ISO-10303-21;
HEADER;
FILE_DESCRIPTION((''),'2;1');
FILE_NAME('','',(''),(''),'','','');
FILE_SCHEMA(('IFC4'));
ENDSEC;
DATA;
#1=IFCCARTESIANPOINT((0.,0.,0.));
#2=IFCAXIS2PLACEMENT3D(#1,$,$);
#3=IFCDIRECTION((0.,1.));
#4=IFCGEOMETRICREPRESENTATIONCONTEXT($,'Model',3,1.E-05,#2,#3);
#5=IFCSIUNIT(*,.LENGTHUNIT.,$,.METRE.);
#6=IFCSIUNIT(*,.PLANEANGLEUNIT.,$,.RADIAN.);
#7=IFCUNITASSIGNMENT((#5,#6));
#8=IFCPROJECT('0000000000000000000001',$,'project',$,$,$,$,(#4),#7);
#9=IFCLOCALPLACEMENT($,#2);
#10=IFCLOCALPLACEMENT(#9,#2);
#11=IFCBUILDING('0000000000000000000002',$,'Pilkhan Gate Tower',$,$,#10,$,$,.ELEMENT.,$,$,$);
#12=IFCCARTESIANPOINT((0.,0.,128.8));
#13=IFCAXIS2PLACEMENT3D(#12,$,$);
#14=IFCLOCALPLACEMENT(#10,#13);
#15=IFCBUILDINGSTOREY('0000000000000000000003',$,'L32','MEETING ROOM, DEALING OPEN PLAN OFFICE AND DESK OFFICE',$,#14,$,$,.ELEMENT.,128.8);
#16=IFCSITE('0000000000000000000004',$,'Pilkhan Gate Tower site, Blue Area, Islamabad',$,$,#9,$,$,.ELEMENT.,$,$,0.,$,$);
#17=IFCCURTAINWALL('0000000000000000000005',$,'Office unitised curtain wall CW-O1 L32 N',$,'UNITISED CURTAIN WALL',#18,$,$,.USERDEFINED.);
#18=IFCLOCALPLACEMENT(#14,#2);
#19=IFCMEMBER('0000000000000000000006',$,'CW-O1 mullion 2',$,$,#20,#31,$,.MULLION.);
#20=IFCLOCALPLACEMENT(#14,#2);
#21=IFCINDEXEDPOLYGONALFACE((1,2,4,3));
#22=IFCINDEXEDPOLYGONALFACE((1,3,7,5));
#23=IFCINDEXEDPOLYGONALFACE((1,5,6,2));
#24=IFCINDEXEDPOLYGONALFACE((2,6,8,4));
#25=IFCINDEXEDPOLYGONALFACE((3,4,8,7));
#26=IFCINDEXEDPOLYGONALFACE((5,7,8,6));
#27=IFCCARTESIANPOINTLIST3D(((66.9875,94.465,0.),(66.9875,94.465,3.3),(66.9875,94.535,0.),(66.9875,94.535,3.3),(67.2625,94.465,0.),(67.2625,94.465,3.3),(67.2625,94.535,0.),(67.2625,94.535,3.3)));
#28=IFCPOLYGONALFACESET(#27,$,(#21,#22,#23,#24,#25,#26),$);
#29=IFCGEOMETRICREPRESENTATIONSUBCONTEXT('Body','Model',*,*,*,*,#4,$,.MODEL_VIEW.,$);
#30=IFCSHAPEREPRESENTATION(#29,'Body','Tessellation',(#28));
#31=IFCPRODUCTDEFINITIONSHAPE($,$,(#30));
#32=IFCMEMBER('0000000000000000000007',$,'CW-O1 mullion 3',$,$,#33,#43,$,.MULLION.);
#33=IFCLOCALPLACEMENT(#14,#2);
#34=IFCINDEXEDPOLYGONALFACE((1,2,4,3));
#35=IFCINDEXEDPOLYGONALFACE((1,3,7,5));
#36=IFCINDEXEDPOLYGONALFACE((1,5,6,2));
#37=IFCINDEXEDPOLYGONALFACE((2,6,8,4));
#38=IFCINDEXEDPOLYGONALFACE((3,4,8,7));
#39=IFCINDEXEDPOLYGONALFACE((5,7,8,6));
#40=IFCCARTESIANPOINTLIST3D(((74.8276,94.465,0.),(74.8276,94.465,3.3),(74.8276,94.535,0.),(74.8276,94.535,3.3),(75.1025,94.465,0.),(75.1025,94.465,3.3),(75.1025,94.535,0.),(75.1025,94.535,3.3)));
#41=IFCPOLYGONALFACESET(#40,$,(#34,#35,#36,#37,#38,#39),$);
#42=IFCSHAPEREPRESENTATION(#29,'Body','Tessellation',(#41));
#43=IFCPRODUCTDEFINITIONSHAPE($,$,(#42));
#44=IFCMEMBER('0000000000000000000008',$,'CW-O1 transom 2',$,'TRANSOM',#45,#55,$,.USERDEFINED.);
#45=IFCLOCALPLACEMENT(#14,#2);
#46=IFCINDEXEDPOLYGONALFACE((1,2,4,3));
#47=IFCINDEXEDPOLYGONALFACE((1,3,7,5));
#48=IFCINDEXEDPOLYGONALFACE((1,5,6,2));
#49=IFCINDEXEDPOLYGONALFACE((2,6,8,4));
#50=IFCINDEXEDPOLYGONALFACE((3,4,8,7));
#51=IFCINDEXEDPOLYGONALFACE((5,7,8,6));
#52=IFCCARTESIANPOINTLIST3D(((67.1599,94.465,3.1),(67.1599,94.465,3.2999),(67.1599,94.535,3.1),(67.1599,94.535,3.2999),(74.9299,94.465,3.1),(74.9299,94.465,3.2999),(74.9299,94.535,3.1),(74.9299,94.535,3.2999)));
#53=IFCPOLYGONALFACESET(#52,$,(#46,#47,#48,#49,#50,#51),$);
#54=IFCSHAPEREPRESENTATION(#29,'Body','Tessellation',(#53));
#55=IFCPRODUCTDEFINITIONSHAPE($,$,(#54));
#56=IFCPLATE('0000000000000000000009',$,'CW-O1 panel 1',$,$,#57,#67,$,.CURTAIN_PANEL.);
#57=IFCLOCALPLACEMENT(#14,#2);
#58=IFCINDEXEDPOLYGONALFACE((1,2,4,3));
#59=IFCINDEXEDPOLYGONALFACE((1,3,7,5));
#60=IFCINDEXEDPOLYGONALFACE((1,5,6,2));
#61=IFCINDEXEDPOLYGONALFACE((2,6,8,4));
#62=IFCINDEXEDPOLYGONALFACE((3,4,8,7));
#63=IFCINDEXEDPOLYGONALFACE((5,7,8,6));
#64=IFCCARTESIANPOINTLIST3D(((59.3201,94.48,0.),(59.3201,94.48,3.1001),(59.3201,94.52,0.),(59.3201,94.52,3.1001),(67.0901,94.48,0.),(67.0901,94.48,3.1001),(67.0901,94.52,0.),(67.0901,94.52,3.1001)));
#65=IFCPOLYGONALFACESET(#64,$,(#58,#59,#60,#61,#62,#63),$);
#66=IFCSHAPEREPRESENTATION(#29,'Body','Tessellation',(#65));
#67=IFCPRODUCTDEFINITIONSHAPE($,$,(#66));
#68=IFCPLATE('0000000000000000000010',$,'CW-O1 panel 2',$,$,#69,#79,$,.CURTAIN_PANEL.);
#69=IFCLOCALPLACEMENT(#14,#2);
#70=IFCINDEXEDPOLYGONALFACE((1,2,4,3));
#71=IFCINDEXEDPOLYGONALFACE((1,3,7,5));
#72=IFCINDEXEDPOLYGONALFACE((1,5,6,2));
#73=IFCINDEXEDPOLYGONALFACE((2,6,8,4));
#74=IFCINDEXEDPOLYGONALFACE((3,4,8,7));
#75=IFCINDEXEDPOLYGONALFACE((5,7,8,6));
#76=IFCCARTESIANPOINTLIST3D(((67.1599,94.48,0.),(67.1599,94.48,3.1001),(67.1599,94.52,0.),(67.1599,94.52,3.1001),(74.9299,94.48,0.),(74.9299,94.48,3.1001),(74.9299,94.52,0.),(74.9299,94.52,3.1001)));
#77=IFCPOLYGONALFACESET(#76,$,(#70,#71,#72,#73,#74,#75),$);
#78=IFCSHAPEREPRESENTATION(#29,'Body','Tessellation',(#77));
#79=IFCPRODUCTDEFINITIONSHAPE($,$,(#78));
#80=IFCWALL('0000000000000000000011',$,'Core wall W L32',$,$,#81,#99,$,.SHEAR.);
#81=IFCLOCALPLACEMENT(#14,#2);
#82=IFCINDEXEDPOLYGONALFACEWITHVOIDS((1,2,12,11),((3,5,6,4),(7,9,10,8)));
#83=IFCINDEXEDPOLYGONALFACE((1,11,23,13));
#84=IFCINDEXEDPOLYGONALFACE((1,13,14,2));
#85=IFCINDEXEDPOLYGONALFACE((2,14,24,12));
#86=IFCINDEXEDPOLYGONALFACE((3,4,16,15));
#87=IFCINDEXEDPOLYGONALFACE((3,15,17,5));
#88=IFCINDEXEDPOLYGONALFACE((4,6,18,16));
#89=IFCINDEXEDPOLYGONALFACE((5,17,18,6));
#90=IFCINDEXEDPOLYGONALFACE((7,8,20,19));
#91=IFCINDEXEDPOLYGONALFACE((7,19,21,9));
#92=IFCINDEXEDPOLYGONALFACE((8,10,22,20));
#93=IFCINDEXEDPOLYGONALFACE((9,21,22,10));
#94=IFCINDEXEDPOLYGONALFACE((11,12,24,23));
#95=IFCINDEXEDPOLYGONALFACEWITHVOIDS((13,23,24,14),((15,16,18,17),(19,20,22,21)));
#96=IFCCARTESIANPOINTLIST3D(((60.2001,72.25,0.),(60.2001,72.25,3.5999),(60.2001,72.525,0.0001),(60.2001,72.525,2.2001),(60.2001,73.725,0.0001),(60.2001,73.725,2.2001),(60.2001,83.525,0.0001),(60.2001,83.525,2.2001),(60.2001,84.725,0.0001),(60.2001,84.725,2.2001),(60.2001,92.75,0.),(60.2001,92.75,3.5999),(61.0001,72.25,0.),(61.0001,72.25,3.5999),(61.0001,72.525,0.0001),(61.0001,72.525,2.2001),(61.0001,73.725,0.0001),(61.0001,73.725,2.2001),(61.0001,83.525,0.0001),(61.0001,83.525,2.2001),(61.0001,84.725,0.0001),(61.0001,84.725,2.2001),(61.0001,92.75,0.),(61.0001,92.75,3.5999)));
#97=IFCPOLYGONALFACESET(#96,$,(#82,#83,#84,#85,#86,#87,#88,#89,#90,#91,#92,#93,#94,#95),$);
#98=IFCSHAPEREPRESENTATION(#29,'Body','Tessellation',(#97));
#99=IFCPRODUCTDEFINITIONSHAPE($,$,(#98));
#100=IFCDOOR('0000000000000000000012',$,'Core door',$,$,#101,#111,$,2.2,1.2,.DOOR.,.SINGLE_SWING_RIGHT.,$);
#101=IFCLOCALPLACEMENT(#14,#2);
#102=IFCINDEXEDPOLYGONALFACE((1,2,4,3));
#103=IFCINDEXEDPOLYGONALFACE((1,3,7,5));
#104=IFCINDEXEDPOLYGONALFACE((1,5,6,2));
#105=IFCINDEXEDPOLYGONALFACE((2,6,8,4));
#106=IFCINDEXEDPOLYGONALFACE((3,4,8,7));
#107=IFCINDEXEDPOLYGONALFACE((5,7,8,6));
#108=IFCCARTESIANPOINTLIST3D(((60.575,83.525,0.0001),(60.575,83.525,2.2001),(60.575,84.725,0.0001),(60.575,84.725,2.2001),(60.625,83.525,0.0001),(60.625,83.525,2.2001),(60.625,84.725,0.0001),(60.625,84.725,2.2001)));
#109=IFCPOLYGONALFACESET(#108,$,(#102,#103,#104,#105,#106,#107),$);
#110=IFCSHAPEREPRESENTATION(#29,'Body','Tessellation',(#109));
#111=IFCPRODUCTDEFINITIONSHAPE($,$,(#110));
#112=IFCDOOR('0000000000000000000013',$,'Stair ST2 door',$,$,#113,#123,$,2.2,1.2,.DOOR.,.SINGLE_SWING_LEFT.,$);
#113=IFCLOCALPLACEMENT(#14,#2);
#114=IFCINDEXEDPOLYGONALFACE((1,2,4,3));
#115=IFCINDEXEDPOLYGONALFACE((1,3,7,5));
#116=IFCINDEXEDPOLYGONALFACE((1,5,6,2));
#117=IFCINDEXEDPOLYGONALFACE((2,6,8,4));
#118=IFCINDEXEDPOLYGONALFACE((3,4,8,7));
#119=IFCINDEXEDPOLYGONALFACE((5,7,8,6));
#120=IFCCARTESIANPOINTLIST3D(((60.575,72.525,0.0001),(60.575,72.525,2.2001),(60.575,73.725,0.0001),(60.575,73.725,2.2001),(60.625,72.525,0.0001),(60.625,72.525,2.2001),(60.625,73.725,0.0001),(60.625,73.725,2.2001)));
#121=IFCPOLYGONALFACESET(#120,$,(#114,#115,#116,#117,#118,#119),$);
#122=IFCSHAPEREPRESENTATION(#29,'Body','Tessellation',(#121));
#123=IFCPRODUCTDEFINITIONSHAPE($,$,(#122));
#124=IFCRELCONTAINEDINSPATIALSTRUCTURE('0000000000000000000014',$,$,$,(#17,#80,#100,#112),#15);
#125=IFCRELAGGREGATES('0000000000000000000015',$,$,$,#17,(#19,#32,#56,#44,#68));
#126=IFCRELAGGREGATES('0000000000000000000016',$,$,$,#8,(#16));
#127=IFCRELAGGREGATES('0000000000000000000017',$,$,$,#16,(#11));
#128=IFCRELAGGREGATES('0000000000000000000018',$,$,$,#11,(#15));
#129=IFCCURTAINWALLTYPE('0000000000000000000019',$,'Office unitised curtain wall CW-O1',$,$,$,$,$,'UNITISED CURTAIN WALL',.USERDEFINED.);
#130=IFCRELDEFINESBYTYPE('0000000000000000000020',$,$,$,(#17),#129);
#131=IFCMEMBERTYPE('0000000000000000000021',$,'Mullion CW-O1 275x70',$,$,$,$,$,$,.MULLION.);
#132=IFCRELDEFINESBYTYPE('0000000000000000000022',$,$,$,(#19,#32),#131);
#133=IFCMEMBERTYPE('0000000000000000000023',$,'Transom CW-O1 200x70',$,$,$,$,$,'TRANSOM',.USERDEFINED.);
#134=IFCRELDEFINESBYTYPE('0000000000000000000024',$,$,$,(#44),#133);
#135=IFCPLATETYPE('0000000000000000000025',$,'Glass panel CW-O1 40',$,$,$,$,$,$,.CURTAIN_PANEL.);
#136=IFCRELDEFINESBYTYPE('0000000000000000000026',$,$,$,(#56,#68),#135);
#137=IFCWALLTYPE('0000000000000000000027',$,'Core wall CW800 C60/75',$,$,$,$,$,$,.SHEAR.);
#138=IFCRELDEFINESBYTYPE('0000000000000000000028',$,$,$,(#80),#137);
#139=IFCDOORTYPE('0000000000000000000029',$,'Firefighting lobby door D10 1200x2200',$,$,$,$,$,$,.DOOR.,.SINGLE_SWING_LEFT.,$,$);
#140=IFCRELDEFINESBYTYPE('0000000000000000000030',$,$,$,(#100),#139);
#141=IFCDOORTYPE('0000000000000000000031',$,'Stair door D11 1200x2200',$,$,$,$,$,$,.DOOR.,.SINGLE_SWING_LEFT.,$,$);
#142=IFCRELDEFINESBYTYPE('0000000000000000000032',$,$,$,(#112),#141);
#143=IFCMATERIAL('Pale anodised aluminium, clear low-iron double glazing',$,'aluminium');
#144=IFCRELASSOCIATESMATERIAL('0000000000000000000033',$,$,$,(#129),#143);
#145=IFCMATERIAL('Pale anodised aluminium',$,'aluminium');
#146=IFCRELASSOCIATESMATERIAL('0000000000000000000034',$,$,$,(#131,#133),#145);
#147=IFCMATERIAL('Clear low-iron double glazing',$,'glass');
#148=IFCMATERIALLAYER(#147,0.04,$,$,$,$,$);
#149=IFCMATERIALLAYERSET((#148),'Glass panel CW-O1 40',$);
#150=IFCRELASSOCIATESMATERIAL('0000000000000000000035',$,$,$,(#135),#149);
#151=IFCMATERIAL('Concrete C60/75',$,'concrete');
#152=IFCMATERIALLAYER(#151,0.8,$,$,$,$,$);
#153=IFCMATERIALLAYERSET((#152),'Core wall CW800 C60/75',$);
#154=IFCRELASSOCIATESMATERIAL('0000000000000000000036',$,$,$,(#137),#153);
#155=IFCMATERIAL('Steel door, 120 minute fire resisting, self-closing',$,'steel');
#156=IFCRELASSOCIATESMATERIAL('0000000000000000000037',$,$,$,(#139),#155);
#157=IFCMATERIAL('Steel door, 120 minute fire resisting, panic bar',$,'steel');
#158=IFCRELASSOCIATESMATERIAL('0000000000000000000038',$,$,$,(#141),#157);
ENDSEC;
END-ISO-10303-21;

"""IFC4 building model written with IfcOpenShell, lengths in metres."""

from ifc_helpers import new_model, si_unit, direction, frame, frame_2d, origin, origin_2d, place, context, subcontext, project, spatial, rectangle, extrude, material, layer, layer_set, material_profile, profile_set, type_object, element, fill, aggregate, save


model = new_model("IFC4")

# Units and contexts
model_context = context("Model", 3, precision=1e-05, world=origin(), true_north=direction((0.0, 1.0)))
body_context = subcontext(model_context, "Body", "Model", "MODEL_VIEW")
ifc_project = project(units=[si_unit("LENGTHUNIT", "METRE"), si_unit("PLANEANGLEUNIT", "RADIAN")], contexts=[model_context])

# Site, building, storey
site_placement = place(None, origin())
site = spatial("IfcSite", under=ifc_project, at=site_placement, Name="Pilkhan Gate Tower site, Blue Area, Islamabad", CompositionType="ELEMENT", RefElevation=0.0)
building_placement = place(site_placement, origin())
building = spatial("IfcBuilding", under=site, at=building_placement, Name="Pilkhan Gate Tower", CompositionType="ELEMENT")
storey_placement = place(building_placement, frame((0.0, 0.0, 128.8)))
storey = spatial("IfcBuildingStorey", under=building, at=storey_placement, Name="L32", Description="MEETING ROOM, DEALING OPEN PLAN OFFICE AND DESK OFFICE", CompositionType="ELEMENT", Elevation=128.8)

# Curtain wall, members, plates
ifc_material_1 = material(Name="Pale anodised aluminium, clear low-iron double glazing", Category="aluminium")
curtain_wall_type = type_object("IfcCurtainWallType", Name="Office unitised curtain wall CW-O1", ElementType="UNITISED CURTAIN WALL", PredefinedType="USERDEFINED", material=ifc_material_1)
curtain_wall_placement = place(storey_placement, origin())
curtain_wall = element("IfcCurtainWall", 1, at=curtain_wall_placement, inside=storey, type_object=curtain_wall_type, Name="Office unitised curtain wall CW-O1 L32 N", ObjectType="UNITISED CURTAIN WALL", PredefinedType="USERDEFINED")
ifc_material_2 = material(Name="Pale anodised aluminium", Category="aluminium")
ifc_material_profile_1 = material_profile(ifc_material_2, rectangle(XDim=0.0701, YDim=0.2749, at=origin_2d()), Name="Mullion 275x70")
ifc_profile_set_1 = profile_set([ifc_material_profile_1], Name="Pale anodised aluminium")
member_type_1 = type_object("IfcMemberType", Name="Mullion CW-O1 275x70", PredefinedType="MULLION", material=ifc_profile_set_1)
member_1_placement = place(storey_placement, frame((67.125, 94.5, 0.0), z_axis=(0.0, 0.0, 1.0), x_axis=(0.0, 1.0, 0.0)))
member_1 = element("IfcMember", 2, at=member_1_placement, type_object=member_type_1, Name="CW-O1 mullion 2", PredefinedType="MULLION", context=body_context, shape_type="SweptSolid", body=[
    extrude(rectangle(XDim=0.0701, YDim=0.2749, at=origin_2d()), origin(), (0.0, 0.0, 1.0), 3.3),
])
member_2_placement = place(storey_placement, frame((74.9651, 94.5, 0.0), z_axis=(0.0, 0.0, 1.0), x_axis=(0.0, 1.0, 0.0)))
member_2 = element("IfcMember", 3, at=member_2_placement, type_object=member_type_1, Name="CW-O1 mullion 3", PredefinedType="MULLION", context=body_context, shape_type="SweptSolid", body=[
    extrude(rectangle(XDim=0.0701, YDim=0.2749, at=origin_2d()), origin(), (0.0, 0.0, 1.0), 3.3),
])
ifc_material_profile_2 = material_profile(ifc_material_2, rectangle(XDim=0.0701, YDim=0.2, at=origin_2d()), Name="Transom 200x70")
ifc_profile_set_2 = profile_set([ifc_material_profile_2], Name="Pale anodised aluminium")
member_type_2 = type_object("IfcMemberType", Name="Transom CW-O1 200x70", ElementType="TRANSOM", PredefinedType="USERDEFINED", material=ifc_profile_set_2)
member_3_placement = place(storey_placement, frame((67.1599, 94.5, 3.2), z_axis=(1.0, 0.0, 0.0), x_axis=(0.0, 1.0, 0.0)))
member_3 = element("IfcMember", 4, at=member_3_placement, type_object=member_type_2, Name="CW-O1 transom 2", ObjectType="TRANSOM", PredefinedType="USERDEFINED", context=body_context, shape_type="SweptSolid", body=[
    extrude(rectangle(XDim=0.0701, YDim=0.2, at=origin_2d()), origin(), (0.0, 0.0, 1.0), 7.77),
])
ifc_material_3 = material(Name="Clear low-iron double glazing", Category="glass")
ifc_layer_1 = layer(ifc_material_3, 0.04)
ifc_layer_set_1 = layer_set([ifc_layer_1], Name="Glass panel CW-O1 40")
plate_type = type_object("IfcPlateType", Name="Glass panel CW-O1 40", PredefinedType="CURTAIN_PANEL", material=ifc_layer_set_1)
plate_1_placement = place(storey_placement, frame((63.2051, 94.5, 0.0), z_axis=(0.0, 0.0, 1.0), x_axis=(1.0, 0.0, 0.0)))
plate_1 = element("IfcPlate", 5, at=plate_1_placement, type_object=plate_type, Name="CW-O1 panel 1", PredefinedType="CURTAIN_PANEL", context=body_context, shape_type="SweptSolid", body=[
    extrude(rectangle(XDim=7.77, YDim=0.04, at=origin_2d()), origin(), (0.0, 0.0, 1.0), 3.1001),
])
plate_2_placement = place(storey_placement, frame((71.0449, 94.5, 0.0), z_axis=(0.0, 0.0, 1.0), x_axis=(1.0, 0.0, 0.0)))
plate_2 = element("IfcPlate", 6, at=plate_2_placement, type_object=plate_type, Name="CW-O1 panel 2", PredefinedType="CURTAIN_PANEL", context=body_context, shape_type="SweptSolid", body=[
    extrude(rectangle(XDim=7.77, YDim=0.04, at=origin_2d()), origin(), (0.0, 0.0, 1.0), 3.1001),
])
aggregate(curtain_wall, [member_1, member_2, plate_1, member_3, plate_2])

# Wall, openings, doors
ifc_material_4 = material(Name="Concrete C60/75", Category="concrete")
ifc_layer_2 = layer(ifc_material_4, 0.8)
ifc_layer_set_2 = layer_set([ifc_layer_2], Name="Core wall CW800 C60/75")
wall_type_1 = type_object("IfcWallType", Name="Core wall CW800 C60/75", PredefinedType="SHEAR", material=ifc_layer_set_2)
wall_1_placement = place(storey_placement, frame((60.6001, 92.75, 0.0), z_axis=(0.0, 0.0, 1.0), x_axis=(0.0, -1.0, 0.0)))
wall_1 = element("IfcWall", 7, at=wall_1_placement, inside=storey, type_object=wall_type_1, Name="Core wall W L32", PredefinedType="SHEAR", context=body_context, shape_type="SweptSolid", body=[
    extrude(rectangle(XDim=20.5, YDim=0.8, at=frame_2d((10.25, 0.0))), origin(), (0.0, 0.0, 1.0), 3.5999),
])
opening_1_placement = place(wall_1_placement, frame((19.0249, 0.0, 0.0)))
opening_1 = element("IfcOpeningElement", 8, at=opening_1_placement, cuts=wall_1, PredefinedType="OPENING", context=body_context, shape_type="SweptSolid", body=[
    extrude(rectangle(XDim=1.2, YDim=2.2, at=frame_2d((0.6001, 1.1001))), frame((0.0, 0.4099, 0.0), z_axis=(0.0, -1.0, 0.0), x_axis=(1.0, 0.0, 0.0)), (0.0, 0.0, 1.0), 0.8201),
])
opening_2_placement = place(wall_1_placement, frame((8.0249, 0.0, 0.0)))
opening_2 = element("IfcOpeningElement", 9, at=opening_2_placement, cuts=wall_1, PredefinedType="OPENING", context=body_context, shape_type="SweptSolid", body=[
    extrude(rectangle(XDim=1.2, YDim=2.2, at=frame_2d((0.6001, 1.1001))), frame((0.0, 0.4099, 0.0), z_axis=(0.0, -1.0, 0.0), x_axis=(1.0, 0.0, 0.0)), (0.0, 0.0, 1.0), 0.8201),
])
ifc_material_5 = material(Name="Steel door, 120 minute fire resisting, self-closing", Category="steel")
door_type_1 = type_object("IfcDoorType", Name="Firefighting lobby door D10 1200x2200", OperationType="SINGLE_SWING_LEFT", PredefinedType="DOOR", material=ifc_material_5)
door_1_placement = place(opening_2_placement, origin())
door_1 = element("IfcDoor", 10, at=door_1_placement, inside=storey, type_object=door_type_1, Name="Core door", OperationType="SINGLE_SWING_RIGHT", OverallHeight=2.2, OverallWidth=1.2, PredefinedType="DOOR", context=body_context, shape_type="SweptSolid", body=[
    extrude(rectangle(XDim=1.2, YDim=2.2, at=frame_2d((0.6001, 1.1001))), frame((0.0, 0.0249, 0.0), z_axis=(0.0, -1.0, 0.0), x_axis=(1.0, 0.0, 0.0)), (0.0, 0.0, 1.0), 0.05),
])
fill(opening_2, door_1)
ifc_material_6 = material(Name="Steel door, 120 minute fire resisting, panic bar", Category="steel")
door_type_2 = type_object("IfcDoorType", Name="Stair door D11 1200x2200", OperationType="SINGLE_SWING_LEFT", PredefinedType="DOOR", material=ifc_material_6)
door_2_placement = place(opening_1_placement, origin())
door_2 = element("IfcDoor", 11, at=door_2_placement, inside=storey, type_object=door_type_2, Name="Stair ST2 door", OperationType="SINGLE_SWING_LEFT", OverallHeight=2.2, OverallWidth=1.2, PredefinedType="DOOR", context=body_context, shape_type="SweptSolid", body=[
    extrude(rectangle(XDim=1.2, YDim=2.2, at=frame_2d((0.6001, 1.1001))), frame((0.0, 0.0249, 0.0), z_axis=(0.0, -1.0, 0.0), x_axis=(1.0, 0.0, 0.0)), (0.0, 0.0, 1.0), 0.05),
])
fill(opening_1, door_2)

save(model, "model.ifc")
